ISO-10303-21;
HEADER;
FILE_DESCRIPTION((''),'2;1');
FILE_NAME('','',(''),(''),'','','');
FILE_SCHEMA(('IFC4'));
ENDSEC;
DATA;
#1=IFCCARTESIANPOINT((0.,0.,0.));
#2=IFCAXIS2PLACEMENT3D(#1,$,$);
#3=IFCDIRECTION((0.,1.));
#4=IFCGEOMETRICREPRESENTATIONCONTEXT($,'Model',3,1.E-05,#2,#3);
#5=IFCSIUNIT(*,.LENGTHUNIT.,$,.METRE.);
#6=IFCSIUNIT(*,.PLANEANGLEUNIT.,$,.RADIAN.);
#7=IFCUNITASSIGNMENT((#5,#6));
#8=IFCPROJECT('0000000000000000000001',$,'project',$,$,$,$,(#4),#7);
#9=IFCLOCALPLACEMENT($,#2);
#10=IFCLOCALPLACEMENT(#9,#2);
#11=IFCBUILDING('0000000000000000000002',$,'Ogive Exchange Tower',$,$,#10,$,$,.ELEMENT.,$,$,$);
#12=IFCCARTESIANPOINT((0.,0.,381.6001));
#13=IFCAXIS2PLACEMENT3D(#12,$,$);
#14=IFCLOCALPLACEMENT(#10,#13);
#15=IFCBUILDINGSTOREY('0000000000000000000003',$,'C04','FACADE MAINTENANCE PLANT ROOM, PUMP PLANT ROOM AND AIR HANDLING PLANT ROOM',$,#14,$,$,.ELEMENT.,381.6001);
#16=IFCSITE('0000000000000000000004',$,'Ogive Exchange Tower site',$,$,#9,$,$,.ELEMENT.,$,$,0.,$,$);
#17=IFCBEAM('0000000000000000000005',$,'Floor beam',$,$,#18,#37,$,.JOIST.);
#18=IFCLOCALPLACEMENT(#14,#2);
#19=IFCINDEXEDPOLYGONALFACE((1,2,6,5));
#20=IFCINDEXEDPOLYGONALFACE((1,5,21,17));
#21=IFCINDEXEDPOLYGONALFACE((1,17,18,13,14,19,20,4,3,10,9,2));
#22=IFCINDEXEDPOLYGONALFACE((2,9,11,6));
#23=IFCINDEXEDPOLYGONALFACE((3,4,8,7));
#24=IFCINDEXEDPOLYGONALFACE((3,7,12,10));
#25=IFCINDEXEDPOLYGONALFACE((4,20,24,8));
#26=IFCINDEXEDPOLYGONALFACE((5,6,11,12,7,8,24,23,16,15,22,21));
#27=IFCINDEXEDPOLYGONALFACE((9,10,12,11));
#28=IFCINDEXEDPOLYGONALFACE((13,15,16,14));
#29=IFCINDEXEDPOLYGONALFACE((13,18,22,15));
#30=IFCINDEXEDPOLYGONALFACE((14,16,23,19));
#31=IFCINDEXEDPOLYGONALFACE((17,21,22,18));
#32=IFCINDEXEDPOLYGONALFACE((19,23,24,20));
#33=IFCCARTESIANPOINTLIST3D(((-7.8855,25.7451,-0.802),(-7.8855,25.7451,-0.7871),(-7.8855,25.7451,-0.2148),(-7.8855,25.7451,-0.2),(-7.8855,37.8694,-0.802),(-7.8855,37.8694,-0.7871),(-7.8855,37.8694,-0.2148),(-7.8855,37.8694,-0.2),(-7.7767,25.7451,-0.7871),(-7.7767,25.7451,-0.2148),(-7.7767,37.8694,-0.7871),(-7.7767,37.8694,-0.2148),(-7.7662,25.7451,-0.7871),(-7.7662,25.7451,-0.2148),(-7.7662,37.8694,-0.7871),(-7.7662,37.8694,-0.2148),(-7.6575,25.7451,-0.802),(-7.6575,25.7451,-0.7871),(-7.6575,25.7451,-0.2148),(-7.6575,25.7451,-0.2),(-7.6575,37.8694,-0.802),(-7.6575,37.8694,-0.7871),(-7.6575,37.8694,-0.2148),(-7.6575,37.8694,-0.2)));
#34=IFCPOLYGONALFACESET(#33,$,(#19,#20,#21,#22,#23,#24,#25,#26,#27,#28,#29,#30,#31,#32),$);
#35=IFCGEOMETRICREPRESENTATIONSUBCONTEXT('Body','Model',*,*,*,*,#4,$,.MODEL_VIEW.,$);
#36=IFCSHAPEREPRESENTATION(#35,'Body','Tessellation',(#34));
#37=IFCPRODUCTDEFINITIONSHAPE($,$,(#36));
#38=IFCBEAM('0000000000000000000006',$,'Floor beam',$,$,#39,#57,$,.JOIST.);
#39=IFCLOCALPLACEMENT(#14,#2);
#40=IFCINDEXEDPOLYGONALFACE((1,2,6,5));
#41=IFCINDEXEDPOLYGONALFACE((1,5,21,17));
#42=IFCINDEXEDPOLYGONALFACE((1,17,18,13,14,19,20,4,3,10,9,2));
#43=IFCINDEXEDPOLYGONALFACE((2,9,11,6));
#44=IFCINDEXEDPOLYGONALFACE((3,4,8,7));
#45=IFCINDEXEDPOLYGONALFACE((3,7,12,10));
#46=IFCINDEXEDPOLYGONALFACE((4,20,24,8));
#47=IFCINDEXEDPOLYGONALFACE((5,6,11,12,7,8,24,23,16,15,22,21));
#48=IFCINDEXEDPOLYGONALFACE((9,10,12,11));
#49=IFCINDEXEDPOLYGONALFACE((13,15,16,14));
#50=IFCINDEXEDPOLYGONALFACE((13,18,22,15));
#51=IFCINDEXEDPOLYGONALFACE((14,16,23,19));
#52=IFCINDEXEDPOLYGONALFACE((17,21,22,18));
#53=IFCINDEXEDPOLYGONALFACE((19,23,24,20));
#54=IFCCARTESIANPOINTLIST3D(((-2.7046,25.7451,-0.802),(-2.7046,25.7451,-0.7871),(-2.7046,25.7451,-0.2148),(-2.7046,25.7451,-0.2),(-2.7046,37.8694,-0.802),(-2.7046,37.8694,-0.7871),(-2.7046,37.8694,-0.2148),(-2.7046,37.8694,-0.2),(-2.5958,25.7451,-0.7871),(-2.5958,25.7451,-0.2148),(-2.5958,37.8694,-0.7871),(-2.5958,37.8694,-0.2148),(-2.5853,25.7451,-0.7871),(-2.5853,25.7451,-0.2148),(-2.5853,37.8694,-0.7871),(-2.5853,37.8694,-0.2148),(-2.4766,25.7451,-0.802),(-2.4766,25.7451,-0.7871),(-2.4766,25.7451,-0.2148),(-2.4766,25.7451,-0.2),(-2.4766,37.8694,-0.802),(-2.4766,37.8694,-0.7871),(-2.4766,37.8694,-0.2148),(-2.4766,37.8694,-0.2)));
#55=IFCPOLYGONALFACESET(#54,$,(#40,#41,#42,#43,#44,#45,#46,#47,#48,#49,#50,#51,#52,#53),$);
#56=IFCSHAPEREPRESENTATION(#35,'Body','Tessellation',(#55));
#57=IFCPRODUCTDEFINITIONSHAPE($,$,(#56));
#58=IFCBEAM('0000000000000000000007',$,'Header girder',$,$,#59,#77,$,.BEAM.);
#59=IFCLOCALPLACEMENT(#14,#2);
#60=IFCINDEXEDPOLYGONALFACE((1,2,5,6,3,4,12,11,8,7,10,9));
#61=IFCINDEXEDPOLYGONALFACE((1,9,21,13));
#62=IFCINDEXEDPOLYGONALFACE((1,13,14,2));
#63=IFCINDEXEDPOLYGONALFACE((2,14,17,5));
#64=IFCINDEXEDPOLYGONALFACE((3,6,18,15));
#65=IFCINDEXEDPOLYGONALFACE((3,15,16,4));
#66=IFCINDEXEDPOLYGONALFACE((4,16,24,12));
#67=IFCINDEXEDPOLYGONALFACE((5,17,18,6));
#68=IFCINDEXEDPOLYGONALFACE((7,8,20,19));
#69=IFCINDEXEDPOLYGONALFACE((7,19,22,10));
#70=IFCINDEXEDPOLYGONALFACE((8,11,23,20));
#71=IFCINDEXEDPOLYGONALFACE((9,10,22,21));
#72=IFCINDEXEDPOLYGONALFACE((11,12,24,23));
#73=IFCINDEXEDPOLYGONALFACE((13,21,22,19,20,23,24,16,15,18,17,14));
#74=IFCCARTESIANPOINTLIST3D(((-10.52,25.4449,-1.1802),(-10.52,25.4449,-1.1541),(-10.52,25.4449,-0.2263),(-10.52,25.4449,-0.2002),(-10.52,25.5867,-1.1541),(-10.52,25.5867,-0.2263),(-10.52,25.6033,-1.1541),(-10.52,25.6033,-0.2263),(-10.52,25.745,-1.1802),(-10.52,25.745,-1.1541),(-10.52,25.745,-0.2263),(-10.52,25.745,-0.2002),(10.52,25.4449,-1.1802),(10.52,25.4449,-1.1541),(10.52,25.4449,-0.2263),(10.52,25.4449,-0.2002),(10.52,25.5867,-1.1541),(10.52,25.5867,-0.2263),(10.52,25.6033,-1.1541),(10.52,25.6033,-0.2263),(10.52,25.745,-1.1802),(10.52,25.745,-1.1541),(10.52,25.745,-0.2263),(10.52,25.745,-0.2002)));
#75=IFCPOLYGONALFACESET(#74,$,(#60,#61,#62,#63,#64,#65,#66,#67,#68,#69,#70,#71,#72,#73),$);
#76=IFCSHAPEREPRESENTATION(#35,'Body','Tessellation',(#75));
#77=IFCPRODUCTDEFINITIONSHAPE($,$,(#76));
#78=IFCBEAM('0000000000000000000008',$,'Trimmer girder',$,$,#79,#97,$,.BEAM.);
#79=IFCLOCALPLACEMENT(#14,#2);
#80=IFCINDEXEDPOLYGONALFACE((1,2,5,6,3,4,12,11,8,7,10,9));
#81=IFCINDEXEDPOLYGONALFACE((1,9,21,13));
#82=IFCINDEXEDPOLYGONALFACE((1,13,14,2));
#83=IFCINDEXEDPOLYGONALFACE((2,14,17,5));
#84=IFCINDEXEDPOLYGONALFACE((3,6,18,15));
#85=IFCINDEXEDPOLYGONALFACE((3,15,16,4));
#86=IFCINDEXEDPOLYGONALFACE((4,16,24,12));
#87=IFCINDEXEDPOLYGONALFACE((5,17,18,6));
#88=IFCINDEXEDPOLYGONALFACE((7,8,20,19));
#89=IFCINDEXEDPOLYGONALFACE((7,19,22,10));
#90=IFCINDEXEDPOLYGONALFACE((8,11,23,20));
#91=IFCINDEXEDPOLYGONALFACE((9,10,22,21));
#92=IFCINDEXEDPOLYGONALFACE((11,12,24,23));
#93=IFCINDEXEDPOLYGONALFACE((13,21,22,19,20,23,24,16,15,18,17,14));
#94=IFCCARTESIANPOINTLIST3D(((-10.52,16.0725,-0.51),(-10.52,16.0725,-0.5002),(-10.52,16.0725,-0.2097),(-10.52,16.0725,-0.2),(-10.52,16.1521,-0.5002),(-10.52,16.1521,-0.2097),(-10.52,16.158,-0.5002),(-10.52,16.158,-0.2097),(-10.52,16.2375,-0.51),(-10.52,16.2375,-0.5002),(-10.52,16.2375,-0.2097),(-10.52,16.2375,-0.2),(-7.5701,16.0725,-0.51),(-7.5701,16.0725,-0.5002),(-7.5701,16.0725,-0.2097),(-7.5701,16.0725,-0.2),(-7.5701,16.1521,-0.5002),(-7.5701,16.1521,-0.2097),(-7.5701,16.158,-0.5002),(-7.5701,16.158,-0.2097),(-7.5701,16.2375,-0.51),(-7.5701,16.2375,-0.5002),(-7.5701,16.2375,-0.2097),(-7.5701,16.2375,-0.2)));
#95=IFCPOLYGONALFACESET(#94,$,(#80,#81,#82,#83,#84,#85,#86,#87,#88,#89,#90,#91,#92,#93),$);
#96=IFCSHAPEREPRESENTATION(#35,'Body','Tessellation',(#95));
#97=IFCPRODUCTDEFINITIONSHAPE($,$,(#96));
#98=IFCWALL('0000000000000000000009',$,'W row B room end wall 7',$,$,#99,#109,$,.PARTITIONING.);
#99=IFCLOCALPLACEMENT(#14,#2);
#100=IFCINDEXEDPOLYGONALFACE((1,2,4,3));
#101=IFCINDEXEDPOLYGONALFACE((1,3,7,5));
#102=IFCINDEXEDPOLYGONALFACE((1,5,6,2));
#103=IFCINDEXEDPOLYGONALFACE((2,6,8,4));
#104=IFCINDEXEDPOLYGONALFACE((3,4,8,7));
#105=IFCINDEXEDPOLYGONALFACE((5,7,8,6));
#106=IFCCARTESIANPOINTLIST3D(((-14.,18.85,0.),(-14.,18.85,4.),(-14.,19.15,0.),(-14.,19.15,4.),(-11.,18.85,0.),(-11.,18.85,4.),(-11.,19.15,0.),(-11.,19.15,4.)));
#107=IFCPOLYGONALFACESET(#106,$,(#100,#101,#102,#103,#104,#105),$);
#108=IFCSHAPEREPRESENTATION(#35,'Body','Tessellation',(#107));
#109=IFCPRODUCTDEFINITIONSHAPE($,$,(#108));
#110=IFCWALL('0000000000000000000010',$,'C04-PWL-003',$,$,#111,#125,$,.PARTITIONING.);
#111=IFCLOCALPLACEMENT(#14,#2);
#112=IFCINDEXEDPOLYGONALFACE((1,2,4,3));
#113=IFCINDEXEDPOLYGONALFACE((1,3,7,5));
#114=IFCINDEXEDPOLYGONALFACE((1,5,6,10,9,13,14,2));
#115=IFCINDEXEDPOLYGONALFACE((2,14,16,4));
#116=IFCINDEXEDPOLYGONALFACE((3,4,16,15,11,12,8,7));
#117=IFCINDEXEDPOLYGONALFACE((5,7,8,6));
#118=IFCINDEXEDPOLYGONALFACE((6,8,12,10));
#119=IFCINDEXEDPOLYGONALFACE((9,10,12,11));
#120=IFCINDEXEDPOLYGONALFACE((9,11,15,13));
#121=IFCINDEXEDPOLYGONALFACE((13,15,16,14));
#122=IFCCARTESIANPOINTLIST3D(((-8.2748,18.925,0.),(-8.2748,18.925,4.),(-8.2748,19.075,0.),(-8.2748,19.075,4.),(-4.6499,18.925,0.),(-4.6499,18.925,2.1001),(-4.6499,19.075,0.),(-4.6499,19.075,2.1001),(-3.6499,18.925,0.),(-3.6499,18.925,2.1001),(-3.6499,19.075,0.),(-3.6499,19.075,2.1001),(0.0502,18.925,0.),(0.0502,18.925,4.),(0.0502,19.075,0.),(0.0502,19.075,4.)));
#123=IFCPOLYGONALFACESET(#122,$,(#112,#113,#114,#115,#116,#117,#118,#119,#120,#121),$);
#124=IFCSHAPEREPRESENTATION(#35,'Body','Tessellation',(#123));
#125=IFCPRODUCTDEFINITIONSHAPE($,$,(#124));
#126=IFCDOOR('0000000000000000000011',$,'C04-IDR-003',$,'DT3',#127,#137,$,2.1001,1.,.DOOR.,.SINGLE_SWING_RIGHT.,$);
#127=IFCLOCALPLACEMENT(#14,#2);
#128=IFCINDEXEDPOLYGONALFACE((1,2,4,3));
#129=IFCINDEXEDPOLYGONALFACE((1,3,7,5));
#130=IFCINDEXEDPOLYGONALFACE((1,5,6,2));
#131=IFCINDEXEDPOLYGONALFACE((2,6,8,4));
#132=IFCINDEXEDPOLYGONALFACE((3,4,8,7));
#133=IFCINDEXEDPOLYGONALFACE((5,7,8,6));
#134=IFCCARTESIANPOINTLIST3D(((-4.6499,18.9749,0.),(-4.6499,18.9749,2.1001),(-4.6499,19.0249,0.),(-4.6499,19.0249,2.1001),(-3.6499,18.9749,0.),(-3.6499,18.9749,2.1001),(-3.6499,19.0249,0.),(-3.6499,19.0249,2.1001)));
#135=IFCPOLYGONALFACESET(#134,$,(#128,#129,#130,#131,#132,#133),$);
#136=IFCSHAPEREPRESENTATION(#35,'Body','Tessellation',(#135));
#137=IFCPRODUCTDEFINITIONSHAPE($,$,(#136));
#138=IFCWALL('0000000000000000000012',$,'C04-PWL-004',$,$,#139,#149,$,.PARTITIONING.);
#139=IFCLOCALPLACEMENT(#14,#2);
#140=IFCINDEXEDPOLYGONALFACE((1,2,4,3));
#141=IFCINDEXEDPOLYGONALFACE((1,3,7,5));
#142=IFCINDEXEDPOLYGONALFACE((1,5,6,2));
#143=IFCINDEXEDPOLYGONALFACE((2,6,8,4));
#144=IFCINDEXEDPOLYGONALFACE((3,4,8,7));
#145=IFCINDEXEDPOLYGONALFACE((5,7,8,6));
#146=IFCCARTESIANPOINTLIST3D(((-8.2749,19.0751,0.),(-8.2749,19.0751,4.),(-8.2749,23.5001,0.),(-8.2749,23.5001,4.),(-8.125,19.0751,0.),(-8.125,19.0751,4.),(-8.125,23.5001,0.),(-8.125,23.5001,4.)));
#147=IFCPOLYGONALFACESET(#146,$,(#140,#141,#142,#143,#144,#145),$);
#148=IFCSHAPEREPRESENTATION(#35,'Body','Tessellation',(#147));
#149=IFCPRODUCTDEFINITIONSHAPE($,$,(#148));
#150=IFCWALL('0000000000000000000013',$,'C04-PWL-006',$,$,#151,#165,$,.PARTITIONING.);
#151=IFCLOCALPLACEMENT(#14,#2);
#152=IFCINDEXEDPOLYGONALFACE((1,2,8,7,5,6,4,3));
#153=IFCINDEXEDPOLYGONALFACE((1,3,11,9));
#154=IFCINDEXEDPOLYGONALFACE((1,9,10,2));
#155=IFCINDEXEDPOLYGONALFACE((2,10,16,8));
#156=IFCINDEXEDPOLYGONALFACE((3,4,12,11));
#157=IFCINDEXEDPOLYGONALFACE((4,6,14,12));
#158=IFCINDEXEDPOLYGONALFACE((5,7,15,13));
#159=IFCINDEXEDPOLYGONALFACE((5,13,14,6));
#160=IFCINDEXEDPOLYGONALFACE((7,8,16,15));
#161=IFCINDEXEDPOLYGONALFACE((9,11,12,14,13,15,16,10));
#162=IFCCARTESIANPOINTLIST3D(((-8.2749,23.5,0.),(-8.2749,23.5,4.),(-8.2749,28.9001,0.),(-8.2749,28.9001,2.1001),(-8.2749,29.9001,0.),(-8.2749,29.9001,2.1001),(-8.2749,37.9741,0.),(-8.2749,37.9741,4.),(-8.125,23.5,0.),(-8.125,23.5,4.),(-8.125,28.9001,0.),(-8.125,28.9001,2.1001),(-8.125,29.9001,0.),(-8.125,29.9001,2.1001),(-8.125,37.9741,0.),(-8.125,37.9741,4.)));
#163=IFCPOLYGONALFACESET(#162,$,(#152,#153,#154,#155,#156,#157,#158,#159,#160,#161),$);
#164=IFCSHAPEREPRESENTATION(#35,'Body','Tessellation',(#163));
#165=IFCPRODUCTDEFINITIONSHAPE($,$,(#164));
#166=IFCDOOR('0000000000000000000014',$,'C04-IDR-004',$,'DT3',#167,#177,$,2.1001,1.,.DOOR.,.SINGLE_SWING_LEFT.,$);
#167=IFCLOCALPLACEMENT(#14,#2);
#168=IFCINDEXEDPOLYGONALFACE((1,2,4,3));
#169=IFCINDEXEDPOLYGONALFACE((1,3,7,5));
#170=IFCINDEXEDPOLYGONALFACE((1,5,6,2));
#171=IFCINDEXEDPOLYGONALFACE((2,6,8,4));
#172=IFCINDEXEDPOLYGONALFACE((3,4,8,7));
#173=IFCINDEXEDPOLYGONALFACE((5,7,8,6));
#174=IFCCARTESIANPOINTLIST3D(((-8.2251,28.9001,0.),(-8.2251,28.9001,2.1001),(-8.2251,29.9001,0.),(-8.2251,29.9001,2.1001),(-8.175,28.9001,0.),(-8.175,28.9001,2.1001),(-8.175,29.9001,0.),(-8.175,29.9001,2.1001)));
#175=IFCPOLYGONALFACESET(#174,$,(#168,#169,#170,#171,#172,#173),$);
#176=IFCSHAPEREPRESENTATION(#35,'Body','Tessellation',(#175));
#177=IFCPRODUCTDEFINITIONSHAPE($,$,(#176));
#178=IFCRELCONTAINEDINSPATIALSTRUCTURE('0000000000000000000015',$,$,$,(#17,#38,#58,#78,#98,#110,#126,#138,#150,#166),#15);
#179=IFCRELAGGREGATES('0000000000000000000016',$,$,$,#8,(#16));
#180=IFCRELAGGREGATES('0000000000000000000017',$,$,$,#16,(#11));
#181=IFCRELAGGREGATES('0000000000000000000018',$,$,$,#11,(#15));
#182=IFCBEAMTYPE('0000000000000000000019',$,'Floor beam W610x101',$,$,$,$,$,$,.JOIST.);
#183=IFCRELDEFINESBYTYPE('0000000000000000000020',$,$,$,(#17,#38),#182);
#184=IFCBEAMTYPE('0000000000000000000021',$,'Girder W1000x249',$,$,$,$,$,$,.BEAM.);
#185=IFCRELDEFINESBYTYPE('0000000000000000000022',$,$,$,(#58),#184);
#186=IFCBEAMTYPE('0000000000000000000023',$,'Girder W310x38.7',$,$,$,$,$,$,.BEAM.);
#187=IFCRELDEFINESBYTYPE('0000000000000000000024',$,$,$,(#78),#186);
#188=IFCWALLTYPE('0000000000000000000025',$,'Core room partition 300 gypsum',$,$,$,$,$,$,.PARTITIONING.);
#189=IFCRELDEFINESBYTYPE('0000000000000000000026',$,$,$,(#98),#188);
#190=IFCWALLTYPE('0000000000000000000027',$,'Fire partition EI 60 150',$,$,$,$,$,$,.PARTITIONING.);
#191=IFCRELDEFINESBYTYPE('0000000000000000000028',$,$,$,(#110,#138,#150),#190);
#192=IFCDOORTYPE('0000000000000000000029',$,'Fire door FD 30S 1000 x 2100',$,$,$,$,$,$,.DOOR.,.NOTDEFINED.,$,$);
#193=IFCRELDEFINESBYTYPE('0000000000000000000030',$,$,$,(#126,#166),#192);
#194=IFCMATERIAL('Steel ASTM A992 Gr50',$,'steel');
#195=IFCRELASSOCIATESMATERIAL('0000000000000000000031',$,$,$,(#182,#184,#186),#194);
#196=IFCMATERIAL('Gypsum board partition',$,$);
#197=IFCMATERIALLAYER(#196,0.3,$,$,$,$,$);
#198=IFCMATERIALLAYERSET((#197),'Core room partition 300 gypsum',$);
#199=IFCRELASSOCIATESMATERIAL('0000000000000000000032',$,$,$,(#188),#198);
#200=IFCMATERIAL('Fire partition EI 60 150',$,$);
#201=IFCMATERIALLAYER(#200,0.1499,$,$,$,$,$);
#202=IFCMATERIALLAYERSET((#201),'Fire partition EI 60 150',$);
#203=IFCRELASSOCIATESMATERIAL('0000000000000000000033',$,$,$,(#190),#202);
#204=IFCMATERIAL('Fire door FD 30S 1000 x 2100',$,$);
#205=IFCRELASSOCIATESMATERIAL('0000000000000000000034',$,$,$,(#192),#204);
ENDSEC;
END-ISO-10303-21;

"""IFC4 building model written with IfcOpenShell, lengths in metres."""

from ifc_helpers import new_model, si_unit, direction, frame, frame_2d, origin, origin_2d, place, context, subcontext, project, spatial, rectangle, i_section, extrude, material, layer, layer_set, material_profile, profile_set, type_object, element, fill, save


model = new_model("IFC4")

# Units and contexts
model_context = context("Model", 3, precision=1e-05, world=origin(), true_north=direction((0.0, 1.0)))
body_context = subcontext(model_context, "Body", "Model", "MODEL_VIEW")
ifc_project = project(units=[si_unit("LENGTHUNIT", "METRE"), si_unit("PLANEANGLEUNIT", "RADIAN")], contexts=[model_context])

# Site, building, storey
site_placement = place(None, origin())
site = spatial("IfcSite", under=ifc_project, at=site_placement, Name="Ogive Exchange Tower site", CompositionType="ELEMENT", RefElevation=0.0)
building_placement = place(site_placement, origin())
building = spatial("IfcBuilding", under=site, at=building_placement, Name="Ogive Exchange Tower", CompositionType="ELEMENT")
storey_placement = place(building_placement, frame((0.0, 0.0, 381.6001)))
storey = spatial("IfcBuildingStorey", under=building, at=storey_placement, Name="C04", Description="FACADE MAINTENANCE PLANT ROOM, PUMP PLANT ROOM AND AIR HANDLING PLANT ROOM", CompositionType="ELEMENT", Elevation=381.6001)

# Shared definitions
ifc_material_1 = material(Name="Steel ASTM A992 Gr50", Category="steel")

# Beams
ifc_material_profile_1 = material_profile(ifc_material_1, i_section(OverallWidth=0.228, OverallDepth=0.6021, WebThickness=0.0105, FlangeThickness=0.0149, at=origin_2d()), Name="W610x101")
ifc_profile_set_1 = profile_set([ifc_material_profile_1], Name="Steel ASTM A992 Gr50")
beam_type_1 = type_object("IfcBeamType", Name="Floor beam W610x101", PredefinedType="JOIST", material=ifc_profile_set_1)
for number, where, z_axis, x_axis, name in (
    (1, (-7.7715, 25.7451, -0.501), (0.0, 1.0, 0.0), (-1.0, 0.0, 0.0), "Floor beam"),
    (2, (-2.5906, 25.7451, -0.501), (0.0, 1.0, 0.0), (-1.0, 0.0, 0.0), "Floor beam"),
):
    element("IfcBeam", number, at=place(storey_placement, frame(where, z_axis=z_axis, x_axis=x_axis)), inside=storey, type_object=beam_type_1, Name=name, PredefinedType="JOIST", context=body_context, shape_type="SweptSolid", body=[
        extrude(i_section(OverallWidth=0.228, OverallDepth=0.6021, WebThickness=0.0105, FlangeThickness=0.0149, at=origin_2d()), origin(), (0.0, 0.0, 1.0), 12.1243),
    ])
ifc_material_profile_2 = material_profile(ifc_material_1, i_section(OverallWidth=0.3, OverallDepth=0.98, WebThickness=0.0166, FlangeThickness=0.0261, at=origin_2d()), Name="W1000x249")
ifc_profile_set_2 = profile_set([ifc_material_profile_2], Name="Steel ASTM A992 Gr50")
beam_type_2 = type_object("IfcBeamType", Name="Girder W1000x249", PredefinedType="BEAM", material=ifc_profile_set_2)
beam_1_placement = place(storey_placement, frame((-10.52, 25.595, -0.6902), z_axis=(1.0, 0.0, 0.0), x_axis=(0.0, 1.0, 0.0)))
element("IfcBeam", 3, at=beam_1_placement, inside=storey, type_object=beam_type_2, Name="Header girder", PredefinedType="BEAM", context=body_context, shape_type="SweptSolid", body=[
    extrude(i_section(OverallWidth=0.3, OverallDepth=0.98, WebThickness=0.0166, FlangeThickness=0.0261, at=origin_2d()), origin(), (0.0, 0.0, 1.0), 21.04),
])
ifc_material_profile_3 = material_profile(ifc_material_1, i_section(OverallWidth=0.165, OverallDepth=0.3101, WebThickness=0.0059, FlangeThickness=0.0098, at=origin_2d()), Name="W310x38.7")
ifc_profile_set_3 = profile_set([ifc_material_profile_3], Name="Steel ASTM A992 Gr50")
beam_type_3 = type_object("IfcBeamType", Name="Girder W310x38.7", PredefinedType="BEAM", material=ifc_profile_set_3)
beam_2_placement = place(storey_placement, frame((-10.52, 16.155, -0.355), z_axis=(1.0, 0.0, 0.0), x_axis=(0.0, 1.0, 0.0)))
element("IfcBeam", 4, at=beam_2_placement, inside=storey, type_object=beam_type_3, Name="Trimmer girder", PredefinedType="BEAM", context=body_context, shape_type="SweptSolid", body=[
    extrude(i_section(OverallWidth=0.165, OverallDepth=0.3101, WebThickness=0.0059, FlangeThickness=0.0098, at=origin_2d()), origin(), (0.0, 0.0, 1.0), 2.95),
])

# Wall
ifc_material_2 = material(Name="Gypsum board partition")
ifc_layer_1 = layer(ifc_material_2, 0.3)
ifc_layer_set_1 = layer_set([ifc_layer_1], Name="Core room partition 300 gypsum")
wall_type_1 = type_object("IfcWallType", Name="Core room partition 300 gypsum", PredefinedType="PARTITIONING", material=ifc_layer_set_1)
wall_1_placement = place(storey_placement, frame((-14.0, 19.0, 0.0), z_axis=(0.0, 0.0, 1.0), x_axis=(1.0, 0.0, 0.0)))
element("IfcWall", 5, at=wall_1_placement, inside=storey, type_object=wall_type_1, Name="W row B room end wall 7", PredefinedType="PARTITIONING", context=body_context, shape_type="SweptSolid", body=[
    extrude(rectangle(XDim=3.0, YDim=0.3, at=frame_2d((1.5, 0.0))), origin(), (0.0, 0.0, 1.0), 4.0),
])

# Wall, opening, door
ifc_material_3 = material(Name="Fire partition EI 60 150")
ifc_layer_2 = layer(ifc_material_3, 0.1499)
ifc_layer_set_2 = layer_set([ifc_layer_2], Name="Fire partition EI 60 150")
wall_type_2 = type_object("IfcWallType", Name="Fire partition EI 60 150", PredefinedType="PARTITIONING", material=ifc_layer_set_2)
wall_2_placement = place(storey_placement, frame((-8.2749, 19.0, 0.0), z_axis=(0.0, 0.0, 1.0), x_axis=(1.0, 0.0, 0.0)))
wall_2 = element("IfcWall", 6, at=wall_2_placement, inside=storey, type_object=wall_type_2, Name="C04-PWL-003", PredefinedType="PARTITIONING", context=body_context, shape_type="SweptSolid", body=[
    extrude(rectangle(XDim=8.325, YDim=0.1499, at=frame_2d((4.1626, 0.0))), origin(), (0.0, 0.0, 1.0), 4.0),
])
opening_1_placement = place(wall_2_placement, frame((3.625, 0.0, 0.0)))
opening_1 = element("IfcOpeningElement", 7, at=opening_1_placement, cuts=wall_2, PredefinedType="OPENING", context=body_context, shape_type="SweptSolid", body=[
    extrude(rectangle(XDim=1.0, YDim=2.1001, at=frame_2d((0.5, 1.05))), frame((0.0, 0.085, 0.0), z_axis=(0.0, -1.0, 0.0), x_axis=(1.0, 0.0, 0.0)), (0.0, 0.0, 1.0), 0.1699),
])
ifc_material_4 = material(Name="Fire door FD 30S 1000 x 2100")
door_type_1 = type_object("IfcDoorType", Name="Fire door FD 30S 1000 x 2100", OperationType="NOTDEFINED", PredefinedType="DOOR", material=ifc_material_4)
door_1_placement = place(opening_1_placement, origin())
door_1 = element("IfcDoor", 8, at=door_1_placement, inside=storey, type_object=door_type_1, Name="C04-IDR-003", ObjectType="DT3", OperationType="SINGLE_SWING_RIGHT", OverallHeight=2.1001, OverallWidth=1.0, PredefinedType="DOOR", context=body_context, shape_type="SweptSolid", body=[
    extrude(rectangle(XDim=1.0, YDim=2.1001, at=frame_2d((0.5, 1.05))), frame((0.0, 0.0249, 0.0), z_axis=(0.0, -1.0, 0.0), x_axis=(1.0, 0.0, 0.0)), (0.0, 0.0, 1.0), 0.05),
])
fill(opening_1, door_1)

# Wall
wall_3_placement = place(storey_placement, frame((-8.2, 23.5, 0.0), z_axis=(0.0, 0.0, 1.0), x_axis=(0.0, -1.0, 0.0)))
element("IfcWall", 9, at=wall_3_placement, inside=storey, type_object=wall_type_2, Name="C04-PWL-004", PredefinedType="PARTITIONING", context=body_context, shape_type="SweptSolid", body=[
    extrude(rectangle(XDim=4.425, YDim=0.1499, at=frame_2d((2.2124, 0.0))), origin(), (0.0, 0.0, 1.0), 4.0),
])

# Wall, opening, door
wall_4_placement = place(storey_placement, frame((-8.2, 37.9741, 0.0), z_axis=(0.0, 0.0, 1.0), x_axis=(0.0, -1.0, 0.0)))
wall_4 = element("IfcWall", 10, at=wall_4_placement, inside=storey, type_object=wall_type_2, Name="C04-PWL-006", PredefinedType="PARTITIONING", context=body_context, shape_type="SweptSolid", body=[
    extrude(rectangle(XDim=14.4741, YDim=0.1499, at=frame_2d((7.2371, 0.0))), origin(), (0.0, 0.0, 1.0), 4.0),
])
opening_2_placement = place(wall_4_placement, frame((8.074, 0.0, 0.0)))
opening_2 = element("IfcOpeningElement", 11, at=opening_2_placement, cuts=wall_4, PredefinedType="OPENING", context=body_context, shape_type="SweptSolid", body=[
    extrude(rectangle(XDim=1.0, YDim=2.1001, at=frame_2d((0.5, 1.05))), frame((0.0, 0.085, 0.0), z_axis=(0.0, -1.0, 0.0), x_axis=(1.0, 0.0, 0.0)), (0.0, 0.0, 1.0), 0.1699),
])
door_2_placement = place(opening_2_placement, origin())
door_2 = element("IfcDoor", 12, at=door_2_placement, inside=storey, type_object=door_type_1, Name="C04-IDR-004", ObjectType="DT3", OperationType="SINGLE_SWING_LEFT", OverallHeight=2.1001, OverallWidth=1.0, PredefinedType="DOOR", context=body_context, shape_type="SweptSolid", body=[
    extrude(rectangle(XDim=1.0, YDim=2.1001, at=frame_2d((0.5, 1.05))), frame((0.0, 0.0249, 0.0), z_axis=(0.0, -1.0, 0.0), x_axis=(1.0, 0.0, 0.0)), (0.0, 0.0, 1.0), 0.05),
])
fill(opening_2, door_2)

save(model, "model.ifc")
